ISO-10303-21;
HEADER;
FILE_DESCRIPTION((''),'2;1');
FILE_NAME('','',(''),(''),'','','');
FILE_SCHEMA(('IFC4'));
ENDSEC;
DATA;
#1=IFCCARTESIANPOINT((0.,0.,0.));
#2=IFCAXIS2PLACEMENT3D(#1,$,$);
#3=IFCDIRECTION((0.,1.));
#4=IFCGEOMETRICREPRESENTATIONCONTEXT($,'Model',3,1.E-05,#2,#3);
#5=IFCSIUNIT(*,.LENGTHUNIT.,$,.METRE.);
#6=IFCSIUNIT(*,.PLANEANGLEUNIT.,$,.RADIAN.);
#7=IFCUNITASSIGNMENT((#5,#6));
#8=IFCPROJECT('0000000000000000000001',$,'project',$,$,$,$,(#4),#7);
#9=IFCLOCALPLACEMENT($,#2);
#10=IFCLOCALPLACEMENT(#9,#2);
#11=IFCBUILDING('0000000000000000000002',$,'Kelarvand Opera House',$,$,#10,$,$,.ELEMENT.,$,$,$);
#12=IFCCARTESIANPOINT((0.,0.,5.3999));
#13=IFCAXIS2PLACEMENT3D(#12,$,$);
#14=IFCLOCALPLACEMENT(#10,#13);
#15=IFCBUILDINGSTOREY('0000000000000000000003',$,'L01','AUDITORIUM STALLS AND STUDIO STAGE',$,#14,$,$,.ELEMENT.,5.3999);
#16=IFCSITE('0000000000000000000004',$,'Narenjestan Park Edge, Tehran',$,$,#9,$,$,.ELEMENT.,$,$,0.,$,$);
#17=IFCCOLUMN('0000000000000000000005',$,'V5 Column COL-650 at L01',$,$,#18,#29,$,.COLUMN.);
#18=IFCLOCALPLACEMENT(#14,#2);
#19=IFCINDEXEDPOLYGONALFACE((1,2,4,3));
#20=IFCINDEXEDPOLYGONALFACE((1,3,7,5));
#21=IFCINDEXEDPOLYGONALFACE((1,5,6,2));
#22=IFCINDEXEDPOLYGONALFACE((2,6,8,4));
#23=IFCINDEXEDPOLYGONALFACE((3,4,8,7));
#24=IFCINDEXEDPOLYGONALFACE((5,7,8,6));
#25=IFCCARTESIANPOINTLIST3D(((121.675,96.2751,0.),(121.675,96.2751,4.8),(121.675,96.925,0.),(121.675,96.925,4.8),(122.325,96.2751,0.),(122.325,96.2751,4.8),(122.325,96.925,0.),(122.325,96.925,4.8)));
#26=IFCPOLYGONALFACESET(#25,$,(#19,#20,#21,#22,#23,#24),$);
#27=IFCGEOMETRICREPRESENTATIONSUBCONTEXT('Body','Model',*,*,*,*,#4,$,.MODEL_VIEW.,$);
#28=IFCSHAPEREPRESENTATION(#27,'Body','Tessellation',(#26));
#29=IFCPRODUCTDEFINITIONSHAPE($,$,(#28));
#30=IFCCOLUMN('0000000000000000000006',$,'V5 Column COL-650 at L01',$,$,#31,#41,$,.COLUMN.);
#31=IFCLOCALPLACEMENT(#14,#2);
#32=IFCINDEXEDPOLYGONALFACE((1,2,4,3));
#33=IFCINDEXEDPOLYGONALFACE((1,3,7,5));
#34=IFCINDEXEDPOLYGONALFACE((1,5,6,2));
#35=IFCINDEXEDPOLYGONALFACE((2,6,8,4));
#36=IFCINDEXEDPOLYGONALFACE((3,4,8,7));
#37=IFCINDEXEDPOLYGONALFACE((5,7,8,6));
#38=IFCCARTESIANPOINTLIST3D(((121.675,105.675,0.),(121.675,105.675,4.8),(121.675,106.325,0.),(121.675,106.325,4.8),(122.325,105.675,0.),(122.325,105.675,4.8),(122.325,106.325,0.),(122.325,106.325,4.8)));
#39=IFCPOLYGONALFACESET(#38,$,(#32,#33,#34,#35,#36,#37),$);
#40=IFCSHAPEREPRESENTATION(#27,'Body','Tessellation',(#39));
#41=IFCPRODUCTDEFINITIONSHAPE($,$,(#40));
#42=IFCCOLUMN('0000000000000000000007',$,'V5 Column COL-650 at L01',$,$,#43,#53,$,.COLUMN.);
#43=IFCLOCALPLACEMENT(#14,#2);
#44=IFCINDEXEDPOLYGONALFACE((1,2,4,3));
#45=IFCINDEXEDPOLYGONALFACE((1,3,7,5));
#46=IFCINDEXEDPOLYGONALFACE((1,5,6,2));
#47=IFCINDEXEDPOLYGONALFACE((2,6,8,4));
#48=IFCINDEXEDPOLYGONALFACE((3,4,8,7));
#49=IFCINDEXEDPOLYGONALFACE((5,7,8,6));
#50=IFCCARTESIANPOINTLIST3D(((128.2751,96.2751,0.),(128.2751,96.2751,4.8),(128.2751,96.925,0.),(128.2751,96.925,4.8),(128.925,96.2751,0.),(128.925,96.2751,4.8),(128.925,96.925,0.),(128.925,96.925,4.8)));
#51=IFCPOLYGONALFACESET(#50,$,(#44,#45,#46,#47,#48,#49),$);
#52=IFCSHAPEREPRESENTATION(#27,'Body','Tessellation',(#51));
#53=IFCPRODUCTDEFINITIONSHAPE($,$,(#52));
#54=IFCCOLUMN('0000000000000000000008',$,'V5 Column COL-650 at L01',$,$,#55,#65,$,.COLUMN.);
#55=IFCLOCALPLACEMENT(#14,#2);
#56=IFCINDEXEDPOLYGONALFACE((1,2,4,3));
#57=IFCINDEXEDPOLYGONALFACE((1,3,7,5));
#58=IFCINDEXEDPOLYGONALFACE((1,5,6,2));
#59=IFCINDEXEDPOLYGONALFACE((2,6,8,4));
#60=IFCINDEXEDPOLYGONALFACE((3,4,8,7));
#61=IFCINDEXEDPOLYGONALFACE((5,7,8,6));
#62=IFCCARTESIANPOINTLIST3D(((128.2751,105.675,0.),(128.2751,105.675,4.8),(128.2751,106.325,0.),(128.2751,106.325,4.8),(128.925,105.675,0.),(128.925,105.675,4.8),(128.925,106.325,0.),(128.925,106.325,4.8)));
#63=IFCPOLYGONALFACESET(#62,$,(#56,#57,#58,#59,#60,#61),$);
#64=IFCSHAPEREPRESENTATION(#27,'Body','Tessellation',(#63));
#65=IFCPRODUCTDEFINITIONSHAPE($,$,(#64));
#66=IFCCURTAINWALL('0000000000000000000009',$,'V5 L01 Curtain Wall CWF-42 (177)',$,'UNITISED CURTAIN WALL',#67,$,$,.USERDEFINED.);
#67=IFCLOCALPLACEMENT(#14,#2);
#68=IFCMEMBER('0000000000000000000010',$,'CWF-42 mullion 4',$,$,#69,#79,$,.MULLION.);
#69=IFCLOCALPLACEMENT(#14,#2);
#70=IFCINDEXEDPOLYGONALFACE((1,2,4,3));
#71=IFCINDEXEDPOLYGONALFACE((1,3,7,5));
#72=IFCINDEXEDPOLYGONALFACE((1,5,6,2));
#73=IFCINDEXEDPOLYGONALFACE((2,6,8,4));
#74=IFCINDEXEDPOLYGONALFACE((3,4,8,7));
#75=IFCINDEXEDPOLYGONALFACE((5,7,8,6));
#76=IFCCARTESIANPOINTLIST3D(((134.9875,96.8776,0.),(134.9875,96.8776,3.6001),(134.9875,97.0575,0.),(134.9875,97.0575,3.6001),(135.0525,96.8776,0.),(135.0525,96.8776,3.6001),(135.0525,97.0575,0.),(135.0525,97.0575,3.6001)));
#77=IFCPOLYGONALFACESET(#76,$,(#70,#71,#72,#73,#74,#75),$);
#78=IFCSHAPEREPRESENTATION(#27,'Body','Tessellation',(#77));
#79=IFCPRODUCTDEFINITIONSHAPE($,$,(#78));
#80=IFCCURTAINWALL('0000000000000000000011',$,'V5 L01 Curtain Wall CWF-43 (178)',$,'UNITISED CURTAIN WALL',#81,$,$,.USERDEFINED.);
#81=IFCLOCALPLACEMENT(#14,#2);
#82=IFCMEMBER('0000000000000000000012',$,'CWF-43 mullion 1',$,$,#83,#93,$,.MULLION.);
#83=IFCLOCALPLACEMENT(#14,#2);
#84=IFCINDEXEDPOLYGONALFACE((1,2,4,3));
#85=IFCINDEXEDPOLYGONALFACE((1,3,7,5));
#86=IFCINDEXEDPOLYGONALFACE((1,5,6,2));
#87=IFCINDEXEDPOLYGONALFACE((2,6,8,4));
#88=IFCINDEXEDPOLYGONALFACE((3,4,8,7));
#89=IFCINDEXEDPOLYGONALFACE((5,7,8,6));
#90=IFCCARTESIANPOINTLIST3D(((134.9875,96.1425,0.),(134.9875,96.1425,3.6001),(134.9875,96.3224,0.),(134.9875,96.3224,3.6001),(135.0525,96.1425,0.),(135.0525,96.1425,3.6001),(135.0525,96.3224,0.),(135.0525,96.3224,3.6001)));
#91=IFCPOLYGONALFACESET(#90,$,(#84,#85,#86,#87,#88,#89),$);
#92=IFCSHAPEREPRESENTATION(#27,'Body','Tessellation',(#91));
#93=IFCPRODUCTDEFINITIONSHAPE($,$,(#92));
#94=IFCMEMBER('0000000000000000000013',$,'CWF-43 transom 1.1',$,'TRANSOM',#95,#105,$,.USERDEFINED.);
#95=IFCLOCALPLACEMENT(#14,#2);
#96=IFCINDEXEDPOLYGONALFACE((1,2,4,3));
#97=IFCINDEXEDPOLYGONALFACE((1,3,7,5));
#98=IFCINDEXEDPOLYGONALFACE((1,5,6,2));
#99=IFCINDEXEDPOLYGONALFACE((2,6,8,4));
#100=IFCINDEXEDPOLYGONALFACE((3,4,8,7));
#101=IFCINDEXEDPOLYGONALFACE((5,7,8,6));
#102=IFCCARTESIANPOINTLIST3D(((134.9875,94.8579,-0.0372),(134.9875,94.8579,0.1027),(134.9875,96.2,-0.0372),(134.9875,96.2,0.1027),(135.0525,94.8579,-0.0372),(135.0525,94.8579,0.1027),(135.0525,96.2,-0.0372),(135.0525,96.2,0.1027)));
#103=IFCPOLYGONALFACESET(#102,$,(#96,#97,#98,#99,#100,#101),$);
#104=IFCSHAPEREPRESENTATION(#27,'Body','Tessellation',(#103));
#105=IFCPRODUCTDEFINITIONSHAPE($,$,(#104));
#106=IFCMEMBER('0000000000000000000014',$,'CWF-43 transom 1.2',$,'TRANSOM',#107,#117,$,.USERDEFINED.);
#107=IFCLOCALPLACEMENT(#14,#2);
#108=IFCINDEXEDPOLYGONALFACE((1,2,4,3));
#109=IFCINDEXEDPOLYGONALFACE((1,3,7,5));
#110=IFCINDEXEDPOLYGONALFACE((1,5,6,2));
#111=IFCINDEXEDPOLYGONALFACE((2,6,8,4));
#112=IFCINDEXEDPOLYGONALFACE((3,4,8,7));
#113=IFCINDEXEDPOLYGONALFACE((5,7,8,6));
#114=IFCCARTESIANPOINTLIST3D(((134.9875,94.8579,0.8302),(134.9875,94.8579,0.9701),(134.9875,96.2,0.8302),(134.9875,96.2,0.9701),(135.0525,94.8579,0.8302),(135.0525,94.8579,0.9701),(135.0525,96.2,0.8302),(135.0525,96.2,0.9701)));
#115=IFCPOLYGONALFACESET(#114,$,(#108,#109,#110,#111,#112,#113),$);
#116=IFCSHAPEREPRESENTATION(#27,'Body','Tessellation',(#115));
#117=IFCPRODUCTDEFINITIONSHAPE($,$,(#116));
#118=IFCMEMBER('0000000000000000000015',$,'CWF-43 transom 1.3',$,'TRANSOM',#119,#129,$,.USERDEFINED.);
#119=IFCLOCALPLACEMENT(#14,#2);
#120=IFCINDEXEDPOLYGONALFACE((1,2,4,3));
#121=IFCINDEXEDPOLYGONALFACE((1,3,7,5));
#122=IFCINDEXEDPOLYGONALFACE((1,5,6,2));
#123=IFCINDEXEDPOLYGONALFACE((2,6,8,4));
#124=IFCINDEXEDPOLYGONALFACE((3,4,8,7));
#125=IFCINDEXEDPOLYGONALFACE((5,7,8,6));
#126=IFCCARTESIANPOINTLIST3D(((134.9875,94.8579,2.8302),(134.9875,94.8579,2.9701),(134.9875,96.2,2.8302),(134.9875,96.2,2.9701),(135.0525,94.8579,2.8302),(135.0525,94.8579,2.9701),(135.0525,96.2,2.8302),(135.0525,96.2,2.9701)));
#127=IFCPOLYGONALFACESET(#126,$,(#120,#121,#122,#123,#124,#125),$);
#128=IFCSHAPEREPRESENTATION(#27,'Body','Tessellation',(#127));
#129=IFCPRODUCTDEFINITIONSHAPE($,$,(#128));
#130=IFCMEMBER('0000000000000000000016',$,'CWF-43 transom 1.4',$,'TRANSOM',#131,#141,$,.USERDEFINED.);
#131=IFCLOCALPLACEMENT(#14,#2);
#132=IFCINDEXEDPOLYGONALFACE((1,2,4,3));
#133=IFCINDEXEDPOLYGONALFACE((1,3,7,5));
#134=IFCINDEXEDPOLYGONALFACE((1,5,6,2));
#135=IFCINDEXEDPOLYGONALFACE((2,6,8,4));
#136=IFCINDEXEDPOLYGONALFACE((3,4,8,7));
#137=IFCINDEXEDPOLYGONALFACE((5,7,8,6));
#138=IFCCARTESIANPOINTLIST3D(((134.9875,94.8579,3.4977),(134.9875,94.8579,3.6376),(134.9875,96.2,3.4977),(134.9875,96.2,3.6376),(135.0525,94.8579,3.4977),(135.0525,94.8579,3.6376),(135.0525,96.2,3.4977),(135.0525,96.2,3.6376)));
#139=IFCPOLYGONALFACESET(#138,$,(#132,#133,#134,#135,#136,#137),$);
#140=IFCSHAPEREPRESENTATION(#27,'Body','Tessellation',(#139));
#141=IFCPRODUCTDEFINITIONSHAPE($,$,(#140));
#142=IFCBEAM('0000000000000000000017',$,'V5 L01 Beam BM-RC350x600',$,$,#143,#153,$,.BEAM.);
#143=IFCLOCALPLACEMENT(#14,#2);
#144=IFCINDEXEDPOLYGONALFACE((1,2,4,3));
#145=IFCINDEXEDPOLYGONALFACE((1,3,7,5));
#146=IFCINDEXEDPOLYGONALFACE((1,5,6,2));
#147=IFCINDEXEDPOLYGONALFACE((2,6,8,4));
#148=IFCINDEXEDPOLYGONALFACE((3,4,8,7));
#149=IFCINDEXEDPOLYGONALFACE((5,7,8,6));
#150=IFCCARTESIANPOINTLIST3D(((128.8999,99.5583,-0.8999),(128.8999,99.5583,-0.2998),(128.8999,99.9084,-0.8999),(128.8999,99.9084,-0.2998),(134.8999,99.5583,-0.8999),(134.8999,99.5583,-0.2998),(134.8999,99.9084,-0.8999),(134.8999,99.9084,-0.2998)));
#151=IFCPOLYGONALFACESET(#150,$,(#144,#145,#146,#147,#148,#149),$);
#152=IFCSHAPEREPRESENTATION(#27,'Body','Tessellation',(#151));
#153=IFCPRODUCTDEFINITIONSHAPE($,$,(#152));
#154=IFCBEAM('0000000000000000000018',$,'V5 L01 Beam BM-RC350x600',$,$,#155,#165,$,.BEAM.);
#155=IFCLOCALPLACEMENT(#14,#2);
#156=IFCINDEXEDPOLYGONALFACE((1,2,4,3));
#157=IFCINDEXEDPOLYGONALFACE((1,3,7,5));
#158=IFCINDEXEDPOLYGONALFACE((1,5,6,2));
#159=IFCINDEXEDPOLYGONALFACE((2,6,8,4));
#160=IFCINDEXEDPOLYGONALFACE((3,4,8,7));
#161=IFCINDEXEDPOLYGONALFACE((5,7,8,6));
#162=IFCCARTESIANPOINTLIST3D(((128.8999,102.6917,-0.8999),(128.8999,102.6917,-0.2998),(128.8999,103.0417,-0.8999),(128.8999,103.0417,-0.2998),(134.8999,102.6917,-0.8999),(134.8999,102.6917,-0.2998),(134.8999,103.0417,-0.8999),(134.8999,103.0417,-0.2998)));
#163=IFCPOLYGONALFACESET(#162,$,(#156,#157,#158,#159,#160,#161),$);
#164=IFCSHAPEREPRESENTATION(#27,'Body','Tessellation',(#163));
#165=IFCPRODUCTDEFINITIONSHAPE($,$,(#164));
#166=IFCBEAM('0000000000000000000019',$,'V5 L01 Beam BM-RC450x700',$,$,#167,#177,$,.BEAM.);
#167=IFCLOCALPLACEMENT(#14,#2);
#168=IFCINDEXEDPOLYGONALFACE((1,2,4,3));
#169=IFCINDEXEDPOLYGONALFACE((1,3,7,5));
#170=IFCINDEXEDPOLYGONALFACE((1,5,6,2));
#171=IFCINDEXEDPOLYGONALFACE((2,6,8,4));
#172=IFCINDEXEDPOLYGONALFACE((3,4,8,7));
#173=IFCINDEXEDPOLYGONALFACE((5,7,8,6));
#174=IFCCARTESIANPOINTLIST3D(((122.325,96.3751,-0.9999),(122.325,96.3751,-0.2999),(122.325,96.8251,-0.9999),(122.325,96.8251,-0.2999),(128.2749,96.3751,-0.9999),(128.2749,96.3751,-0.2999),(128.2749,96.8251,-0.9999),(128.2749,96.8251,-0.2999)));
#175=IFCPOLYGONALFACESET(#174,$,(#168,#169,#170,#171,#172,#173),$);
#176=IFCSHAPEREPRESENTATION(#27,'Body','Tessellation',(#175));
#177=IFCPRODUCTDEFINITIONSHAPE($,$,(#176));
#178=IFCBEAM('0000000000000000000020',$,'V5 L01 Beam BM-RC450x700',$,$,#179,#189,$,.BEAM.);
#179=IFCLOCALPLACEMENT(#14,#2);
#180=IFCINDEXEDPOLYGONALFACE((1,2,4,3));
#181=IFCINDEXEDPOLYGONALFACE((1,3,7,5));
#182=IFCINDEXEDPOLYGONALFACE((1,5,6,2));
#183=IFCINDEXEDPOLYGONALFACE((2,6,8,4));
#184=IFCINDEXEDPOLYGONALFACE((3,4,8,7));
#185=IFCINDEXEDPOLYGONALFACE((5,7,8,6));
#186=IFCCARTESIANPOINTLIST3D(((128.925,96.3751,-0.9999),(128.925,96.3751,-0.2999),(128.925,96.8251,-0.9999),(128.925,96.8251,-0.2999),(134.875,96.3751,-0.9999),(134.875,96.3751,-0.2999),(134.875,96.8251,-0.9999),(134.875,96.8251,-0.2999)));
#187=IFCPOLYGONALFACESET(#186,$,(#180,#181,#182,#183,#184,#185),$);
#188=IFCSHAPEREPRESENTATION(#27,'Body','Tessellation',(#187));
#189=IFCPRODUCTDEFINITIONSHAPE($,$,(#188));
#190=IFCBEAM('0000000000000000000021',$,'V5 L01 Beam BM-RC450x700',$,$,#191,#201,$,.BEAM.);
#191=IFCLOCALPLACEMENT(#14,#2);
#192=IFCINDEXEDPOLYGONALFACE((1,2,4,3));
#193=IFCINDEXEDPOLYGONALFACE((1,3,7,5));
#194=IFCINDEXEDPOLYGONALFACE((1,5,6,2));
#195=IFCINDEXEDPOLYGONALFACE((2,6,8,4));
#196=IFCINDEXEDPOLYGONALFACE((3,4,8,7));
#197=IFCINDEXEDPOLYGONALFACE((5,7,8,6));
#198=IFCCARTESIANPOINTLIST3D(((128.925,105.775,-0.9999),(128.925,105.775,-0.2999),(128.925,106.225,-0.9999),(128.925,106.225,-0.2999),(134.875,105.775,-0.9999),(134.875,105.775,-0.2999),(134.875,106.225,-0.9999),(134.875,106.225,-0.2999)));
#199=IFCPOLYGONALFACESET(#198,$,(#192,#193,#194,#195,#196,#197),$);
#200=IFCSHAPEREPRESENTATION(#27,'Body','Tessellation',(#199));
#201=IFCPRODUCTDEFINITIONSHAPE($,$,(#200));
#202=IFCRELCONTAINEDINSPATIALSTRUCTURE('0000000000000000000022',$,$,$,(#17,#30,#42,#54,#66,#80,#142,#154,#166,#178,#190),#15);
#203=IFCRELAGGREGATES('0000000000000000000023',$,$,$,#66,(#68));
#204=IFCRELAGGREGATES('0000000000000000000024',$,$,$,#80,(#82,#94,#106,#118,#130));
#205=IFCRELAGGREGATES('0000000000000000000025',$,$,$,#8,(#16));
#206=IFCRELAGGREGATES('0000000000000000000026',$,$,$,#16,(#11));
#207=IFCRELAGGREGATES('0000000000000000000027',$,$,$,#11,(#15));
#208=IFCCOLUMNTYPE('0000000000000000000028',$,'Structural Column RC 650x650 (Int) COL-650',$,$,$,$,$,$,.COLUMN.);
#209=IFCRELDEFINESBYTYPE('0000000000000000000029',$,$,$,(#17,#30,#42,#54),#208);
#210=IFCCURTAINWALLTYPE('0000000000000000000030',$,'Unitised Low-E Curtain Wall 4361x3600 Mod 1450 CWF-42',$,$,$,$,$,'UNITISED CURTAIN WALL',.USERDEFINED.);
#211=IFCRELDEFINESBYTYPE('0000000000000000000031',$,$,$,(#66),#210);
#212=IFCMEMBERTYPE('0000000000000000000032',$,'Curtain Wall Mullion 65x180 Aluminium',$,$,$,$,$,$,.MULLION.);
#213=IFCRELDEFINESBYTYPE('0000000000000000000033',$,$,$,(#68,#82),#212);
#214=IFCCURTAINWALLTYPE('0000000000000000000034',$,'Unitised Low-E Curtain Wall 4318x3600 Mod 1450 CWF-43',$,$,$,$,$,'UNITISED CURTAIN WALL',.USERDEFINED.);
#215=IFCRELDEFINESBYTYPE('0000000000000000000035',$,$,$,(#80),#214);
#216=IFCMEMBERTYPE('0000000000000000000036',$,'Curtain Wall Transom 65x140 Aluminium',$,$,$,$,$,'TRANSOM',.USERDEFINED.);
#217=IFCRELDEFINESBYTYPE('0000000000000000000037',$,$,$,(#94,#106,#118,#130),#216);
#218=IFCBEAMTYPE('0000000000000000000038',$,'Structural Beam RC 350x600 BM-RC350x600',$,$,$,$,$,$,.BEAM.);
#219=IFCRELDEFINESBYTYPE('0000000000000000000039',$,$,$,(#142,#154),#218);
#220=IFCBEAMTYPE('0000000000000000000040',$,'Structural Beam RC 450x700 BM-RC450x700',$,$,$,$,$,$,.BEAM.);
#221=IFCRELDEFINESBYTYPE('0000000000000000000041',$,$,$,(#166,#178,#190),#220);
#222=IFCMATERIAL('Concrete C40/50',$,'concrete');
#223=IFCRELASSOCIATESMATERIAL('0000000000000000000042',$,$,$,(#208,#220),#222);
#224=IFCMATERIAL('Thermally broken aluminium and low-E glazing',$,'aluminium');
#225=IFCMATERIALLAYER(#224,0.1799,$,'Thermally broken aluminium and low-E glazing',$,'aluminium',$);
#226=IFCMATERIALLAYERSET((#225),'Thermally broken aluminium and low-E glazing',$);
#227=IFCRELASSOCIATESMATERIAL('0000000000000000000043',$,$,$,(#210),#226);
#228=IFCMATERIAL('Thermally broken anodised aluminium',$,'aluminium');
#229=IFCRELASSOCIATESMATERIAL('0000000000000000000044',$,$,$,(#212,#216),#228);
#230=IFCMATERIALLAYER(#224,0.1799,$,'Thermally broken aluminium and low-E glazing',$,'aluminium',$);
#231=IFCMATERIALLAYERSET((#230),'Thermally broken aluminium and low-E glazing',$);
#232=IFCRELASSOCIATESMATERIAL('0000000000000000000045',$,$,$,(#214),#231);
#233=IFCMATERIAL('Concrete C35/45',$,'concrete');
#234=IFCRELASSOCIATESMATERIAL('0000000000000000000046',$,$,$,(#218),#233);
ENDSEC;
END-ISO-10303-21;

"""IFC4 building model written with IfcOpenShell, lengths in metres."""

from ifc_helpers import new_model, si_unit, direction, frame, origin, origin_2d, place, context, subcontext, project, spatial, rectangle, extrude, material, layer, layer_set, material_profile, profile_set, type_object, element, aggregate, save


model = new_model("IFC4")

# Units and contexts
model_context = context("Model", 3, precision=1e-05, world=origin(), true_north=direction((0.0, 1.0)))
body_context = subcontext(model_context, "Body", "Model", "MODEL_VIEW")
ifc_project = project(units=[si_unit("LENGTHUNIT", "METRE"), si_unit("PLANEANGLEUNIT", "RADIAN")], contexts=[model_context])

# Site, building, storey
site_placement = place(None, origin())
site = spatial("IfcSite", under=ifc_project, at=site_placement, Name="Narenjestan Park Edge, Tehran", CompositionType="ELEMENT", RefElevation=0.0)
building_placement = place(site_placement, origin())
building = spatial("IfcBuilding", under=site, at=building_placement, Name="Kelarvand Opera House", CompositionType="ELEMENT")
storey_placement = place(building_placement, frame((0.0, 0.0, 5.3999)))
storey = spatial("IfcBuildingStorey", under=building, at=storey_placement, Name="L01", Description="AUDITORIUM STALLS AND STUDIO STAGE", CompositionType="ELEMENT", Elevation=5.3999)

# Columns
ifc_material_1 = material(Name="Concrete C40/50", Category="concrete")
ifc_material_profile_1 = material_profile(ifc_material_1, rectangle(XDim=0.6499, YDim=0.6499, at=origin_2d()), Name="RC 650x650", Category="concrete")
ifc_profile_set_1 = profile_set([ifc_material_profile_1], Name="Concrete C40/50")
column_type = type_object("IfcColumnType", Name="Structural Column RC 650x650 (Int) COL-650", PredefinedType="COLUMN", material=ifc_profile_set_1)
for number, where, z_axis, x_axis, name in (
    (1, (122.0, 96.6001, 0.0), (0.0, 0.0, 1.0), (1.0, 0.0, 0.0), "V5 Column COL-650 at L01"),
    (2, (122.0, 106.0, 0.0), (0.0, 0.0, 1.0), (1.0, 0.0, 0.0), "V5 Column COL-650 at L01"),
    (3, (128.6001, 96.6001, 0.0), (0.0, 0.0, 1.0), (1.0, 0.0, 0.0), "V5 Column COL-650 at L01"),
    (4, (128.6001, 106.0, 0.0), (0.0, 0.0, 1.0), (1.0, 0.0, 0.0), "V5 Column COL-650 at L01"),
):
    element("IfcColumn", number, at=place(storey_placement, frame(where, z_axis=z_axis, x_axis=x_axis)), inside=storey, type_object=column_type, Name=name, PredefinedType="COLUMN", context=body_context, shape_type="SweptSolid", body=[
        extrude(rectangle(XDim=0.6499, YDim=0.6499, at=origin_2d()), origin(), (0.0, 0.0, 1.0), 4.8),
    ])

# Curtain wall, member
ifc_material_2 = material(Name="Thermally broken aluminium and low-E glazing", Category="aluminium")
ifc_layer_1 = layer(ifc_material_2, 0.1799, Name="Thermally broken aluminium and low-E glazing", Category="aluminium")
ifc_layer_set_1 = layer_set([ifc_layer_1], Name="Thermally broken aluminium and low-E glazing")
curtain_wall_type_1 = type_object("IfcCurtainWallType", Name="Unitised Low-E Curtain Wall 4361x3600 Mod 1450 CWF-42", ElementType="UNITISED CURTAIN WALL", PredefinedType="USERDEFINED", material=ifc_layer_set_1)
curtain_wall_1_placement = place(storey_placement, origin())
curtain_wall_1 = element("IfcCurtainWall", 5, at=curtain_wall_1_placement, inside=storey, type_object=curtain_wall_type_1, Name="V5 L01 Curtain Wall CWF-42 (177)", ObjectType="UNITISED CURTAIN WALL", PredefinedType="USERDEFINED")
ifc_material_3 = material(Name="Thermally broken anodised aluminium", Category="aluminium")
ifc_material_profile_2 = material_profile(ifc_material_3, rectangle(XDim=0.0649, YDim=0.1799, at=origin_2d()), Name="ALU MULLION 65x180", Category="aluminium")
ifc_profile_set_2 = profile_set([ifc_material_profile_2], Name="Thermally broken anodised aluminium")
member_type_1 = type_object("IfcMemberType", Name="Curtain Wall Mullion 65x180 Aluminium", PredefinedType="MULLION", material=ifc_profile_set_2)
member_1_placement = place(storey_placement, frame((135.02, 96.9675, 0.0), z_axis=(0.0, 0.0, 1.0), x_axis=(1.0, 0.0, 0.0)))
member_1 = element("IfcMember", 6, at=member_1_placement, type_object=member_type_1, Name="CWF-42 mullion 4", PredefinedType="MULLION", context=body_context, shape_type="SweptSolid", body=[
    extrude(rectangle(XDim=0.0649, YDim=0.1799, at=origin_2d()), origin(), (0.0, 0.0, 1.0), 3.6001),
])
aggregate(curtain_wall_1, [member_1])

# Curtain wall, members
ifc_layer_2 = layer(ifc_material_2, 0.1799, Name="Thermally broken aluminium and low-E glazing", Category="aluminium")
ifc_layer_set_2 = layer_set([ifc_layer_2], Name="Thermally broken aluminium and low-E glazing")
curtain_wall_type_2 = type_object("IfcCurtainWallType", Name="Unitised Low-E Curtain Wall 4318x3600 Mod 1450 CWF-43", ElementType="UNITISED CURTAIN WALL", PredefinedType="USERDEFINED", material=ifc_layer_set_2)
curtain_wall_2_placement = place(storey_placement, origin())
curtain_wall_2 = element("IfcCurtainWall", 7, at=curtain_wall_2_placement, inside=storey, type_object=curtain_wall_type_2, Name="V5 L01 Curtain Wall CWF-43 (178)", ObjectType="UNITISED CURTAIN WALL", PredefinedType="USERDEFINED")
member_2_placement = place(storey_placement, frame((135.02, 96.2324, 0.0), z_axis=(0.0, 0.0, 1.0), x_axis=(1.0, 0.0, 0.0)))
member_2 = element("IfcMember", 8, at=member_2_placement, type_object=member_type_1, Name="CWF-43 mullion 1", PredefinedType="MULLION", context=body_context, shape_type="SweptSolid", body=[
    extrude(rectangle(XDim=0.0649, YDim=0.1799, at=origin_2d()), origin(), (0.0, 0.0, 1.0), 3.6001),
])
ifc_material_profile_3 = material_profile(ifc_material_3, rectangle(XDim=0.0649, YDim=0.1399, at=origin_2d()), Name="ALU TRANSOM 65x140", Category="aluminium")
ifc_profile_set_3 = profile_set([ifc_material_profile_3], Name="Thermally broken anodised aluminium")
member_type_2 = type_object("IfcMemberType", Name="Curtain Wall Transom 65x140 Aluminium", ElementType="TRANSOM", PredefinedType="USERDEFINED", material=ifc_profile_set_3)
member_3_placement = place(storey_placement, frame((135.02, 96.2, 0.0327), z_axis=(0.0, -1.0, 0.0), x_axis=(1.0, 0.0, 0.0)))
member_3 = element("IfcMember", 9, at=member_3_placement, type_object=member_type_2, Name="CWF-43 transom 1.1", ObjectType="TRANSOM", PredefinedType="USERDEFINED", context=body_context, shape_type="SweptSolid", body=[
    extrude(rectangle(XDim=0.0649, YDim=0.1399, at=origin_2d()), origin(), (0.0, 0.0, 1.0), 1.342),
])
member_4_placement = place(storey_placement, frame((135.02, 96.2, 0.9001), z_axis=(0.0, -1.0, 0.0), x_axis=(1.0, 0.0, 0.0)))
member_4 = element("IfcMember", 10, at=member_4_placement, type_object=member_type_2, Name="CWF-43 transom 1.2", ObjectType="TRANSOM", PredefinedType="USERDEFINED", context=body_context, shape_type="SweptSolid", body=[
    extrude(rectangle(XDim=0.0649, YDim=0.1399, at=origin_2d()), origin(), (0.0, 0.0, 1.0), 1.342),
])
member_5_placement = place(storey_placement, frame((135.02, 96.2, 2.9001), z_axis=(0.0, -1.0, 0.0), x_axis=(1.0, 0.0, 0.0)))
member_5 = element("IfcMember", 11, at=member_5_placement, type_object=member_type_2, Name="CWF-43 transom 1.3", ObjectType="TRANSOM", PredefinedType="USERDEFINED", context=body_context, shape_type="SweptSolid", body=[
    extrude(rectangle(XDim=0.0649, YDim=0.1399, at=origin_2d()), origin(), (0.0, 0.0, 1.0), 1.342),
])
member_6_placement = place(storey_placement, frame((135.02, 96.2, 3.5676), z_axis=(0.0, -1.0, 0.0), x_axis=(1.0, 0.0, 0.0)))
member_6 = element("IfcMember", 12, at=member_6_placement, type_object=member_type_2, Name="CWF-43 transom 1.4", ObjectType="TRANSOM", PredefinedType="USERDEFINED", context=body_context, shape_type="SweptSolid", body=[
    extrude(rectangle(XDim=0.0649, YDim=0.1399, at=origin_2d()), origin(), (0.0, 0.0, 1.0), 1.342),
])

# Beams
ifc_material_4 = material(Name="Concrete C35/45", Category="concrete")
ifc_material_profile_4 = material_profile(ifc_material_4, rectangle(XDim=0.3501, YDim=0.6001, at=origin_2d()), Name="RC 350x600", Category="concrete")
ifc_profile_set_4 = profile_set([ifc_material_profile_4], Name="Concrete C35/45")
beam_type_1 = type_object("IfcBeamType", Name="Structural Beam RC 350x600 BM-RC350x600", PredefinedType="BEAM", material=ifc_profile_set_4)
for number, where, z_axis, x_axis, name in (
    (13, (128.8999, 99.7334, -0.5999), (1.0, 0.0, 0.0), (0.0, 1.0, 0.0), "V5 L01 Beam BM-RC350x600"),
    (14, (128.8999, 102.8667, -0.5999), (1.0, 0.0, 0.0), (0.0, 1.0, 0.0), "V5 L01 Beam BM-RC350x600"),
):
    element("IfcBeam", number, at=place(storey_placement, frame(where, z_axis=z_axis, x_axis=x_axis)), inside=storey, type_object=beam_type_1, Name=name, PredefinedType="BEAM", context=body_context, shape_type="SweptSolid", body=[
        extrude(rectangle(XDim=0.3501, YDim=0.6001, at=origin_2d()), origin(), (0.0, 0.0, 1.0), 6.0),
    ])
ifc_material_profile_5 = material_profile(ifc_material_1, rectangle(XDim=0.45, YDim=0.7, at=origin_2d()), Name="RC 450x700", Category="concrete")
ifc_profile_set_5 = profile_set([ifc_material_profile_5], Name="Concrete C40/50")
beam_type_2 = type_object("IfcBeamType", Name="Structural Beam RC 450x700 BM-RC450x700", PredefinedType="BEAM", material=ifc_profile_set_5)
for number, where, z_axis, x_axis, name in (
    (15, (122.325, 96.6001, -0.6499), (1.0, 0.0, 0.0), (0.0, 1.0, 0.0), "V5 L01 Beam BM-RC450x700"),
    (16, (128.925, 96.6001, -0.6499), (1.0, 0.0, 0.0), (0.0, 1.0, 0.0), "V5 L01 Beam BM-RC450x700"),
    (17, (128.925, 106.0, -0.6499), (1.0, 0.0, 0.0), (0.0, 1.0, 0.0), "V5 L01 Beam BM-RC450x700"),
):
    element("IfcBeam", number, at=place(storey_placement, frame(where, z_axis=z_axis, x_axis=x_axis)), inside=storey, type_object=beam_type_2, Name=name, PredefinedType="BEAM", context=body_context, shape_type="SweptSolid", body=[
        extrude(rectangle(XDim=0.45, YDim=0.7, at=origin_2d()), origin(), (0.0, 0.0, 1.0), 5.95),
    ])

aggregate(curtain_wall_2, [member_2, member_3, member_4, member_5, member_6])

save(model, "model.ifc")
